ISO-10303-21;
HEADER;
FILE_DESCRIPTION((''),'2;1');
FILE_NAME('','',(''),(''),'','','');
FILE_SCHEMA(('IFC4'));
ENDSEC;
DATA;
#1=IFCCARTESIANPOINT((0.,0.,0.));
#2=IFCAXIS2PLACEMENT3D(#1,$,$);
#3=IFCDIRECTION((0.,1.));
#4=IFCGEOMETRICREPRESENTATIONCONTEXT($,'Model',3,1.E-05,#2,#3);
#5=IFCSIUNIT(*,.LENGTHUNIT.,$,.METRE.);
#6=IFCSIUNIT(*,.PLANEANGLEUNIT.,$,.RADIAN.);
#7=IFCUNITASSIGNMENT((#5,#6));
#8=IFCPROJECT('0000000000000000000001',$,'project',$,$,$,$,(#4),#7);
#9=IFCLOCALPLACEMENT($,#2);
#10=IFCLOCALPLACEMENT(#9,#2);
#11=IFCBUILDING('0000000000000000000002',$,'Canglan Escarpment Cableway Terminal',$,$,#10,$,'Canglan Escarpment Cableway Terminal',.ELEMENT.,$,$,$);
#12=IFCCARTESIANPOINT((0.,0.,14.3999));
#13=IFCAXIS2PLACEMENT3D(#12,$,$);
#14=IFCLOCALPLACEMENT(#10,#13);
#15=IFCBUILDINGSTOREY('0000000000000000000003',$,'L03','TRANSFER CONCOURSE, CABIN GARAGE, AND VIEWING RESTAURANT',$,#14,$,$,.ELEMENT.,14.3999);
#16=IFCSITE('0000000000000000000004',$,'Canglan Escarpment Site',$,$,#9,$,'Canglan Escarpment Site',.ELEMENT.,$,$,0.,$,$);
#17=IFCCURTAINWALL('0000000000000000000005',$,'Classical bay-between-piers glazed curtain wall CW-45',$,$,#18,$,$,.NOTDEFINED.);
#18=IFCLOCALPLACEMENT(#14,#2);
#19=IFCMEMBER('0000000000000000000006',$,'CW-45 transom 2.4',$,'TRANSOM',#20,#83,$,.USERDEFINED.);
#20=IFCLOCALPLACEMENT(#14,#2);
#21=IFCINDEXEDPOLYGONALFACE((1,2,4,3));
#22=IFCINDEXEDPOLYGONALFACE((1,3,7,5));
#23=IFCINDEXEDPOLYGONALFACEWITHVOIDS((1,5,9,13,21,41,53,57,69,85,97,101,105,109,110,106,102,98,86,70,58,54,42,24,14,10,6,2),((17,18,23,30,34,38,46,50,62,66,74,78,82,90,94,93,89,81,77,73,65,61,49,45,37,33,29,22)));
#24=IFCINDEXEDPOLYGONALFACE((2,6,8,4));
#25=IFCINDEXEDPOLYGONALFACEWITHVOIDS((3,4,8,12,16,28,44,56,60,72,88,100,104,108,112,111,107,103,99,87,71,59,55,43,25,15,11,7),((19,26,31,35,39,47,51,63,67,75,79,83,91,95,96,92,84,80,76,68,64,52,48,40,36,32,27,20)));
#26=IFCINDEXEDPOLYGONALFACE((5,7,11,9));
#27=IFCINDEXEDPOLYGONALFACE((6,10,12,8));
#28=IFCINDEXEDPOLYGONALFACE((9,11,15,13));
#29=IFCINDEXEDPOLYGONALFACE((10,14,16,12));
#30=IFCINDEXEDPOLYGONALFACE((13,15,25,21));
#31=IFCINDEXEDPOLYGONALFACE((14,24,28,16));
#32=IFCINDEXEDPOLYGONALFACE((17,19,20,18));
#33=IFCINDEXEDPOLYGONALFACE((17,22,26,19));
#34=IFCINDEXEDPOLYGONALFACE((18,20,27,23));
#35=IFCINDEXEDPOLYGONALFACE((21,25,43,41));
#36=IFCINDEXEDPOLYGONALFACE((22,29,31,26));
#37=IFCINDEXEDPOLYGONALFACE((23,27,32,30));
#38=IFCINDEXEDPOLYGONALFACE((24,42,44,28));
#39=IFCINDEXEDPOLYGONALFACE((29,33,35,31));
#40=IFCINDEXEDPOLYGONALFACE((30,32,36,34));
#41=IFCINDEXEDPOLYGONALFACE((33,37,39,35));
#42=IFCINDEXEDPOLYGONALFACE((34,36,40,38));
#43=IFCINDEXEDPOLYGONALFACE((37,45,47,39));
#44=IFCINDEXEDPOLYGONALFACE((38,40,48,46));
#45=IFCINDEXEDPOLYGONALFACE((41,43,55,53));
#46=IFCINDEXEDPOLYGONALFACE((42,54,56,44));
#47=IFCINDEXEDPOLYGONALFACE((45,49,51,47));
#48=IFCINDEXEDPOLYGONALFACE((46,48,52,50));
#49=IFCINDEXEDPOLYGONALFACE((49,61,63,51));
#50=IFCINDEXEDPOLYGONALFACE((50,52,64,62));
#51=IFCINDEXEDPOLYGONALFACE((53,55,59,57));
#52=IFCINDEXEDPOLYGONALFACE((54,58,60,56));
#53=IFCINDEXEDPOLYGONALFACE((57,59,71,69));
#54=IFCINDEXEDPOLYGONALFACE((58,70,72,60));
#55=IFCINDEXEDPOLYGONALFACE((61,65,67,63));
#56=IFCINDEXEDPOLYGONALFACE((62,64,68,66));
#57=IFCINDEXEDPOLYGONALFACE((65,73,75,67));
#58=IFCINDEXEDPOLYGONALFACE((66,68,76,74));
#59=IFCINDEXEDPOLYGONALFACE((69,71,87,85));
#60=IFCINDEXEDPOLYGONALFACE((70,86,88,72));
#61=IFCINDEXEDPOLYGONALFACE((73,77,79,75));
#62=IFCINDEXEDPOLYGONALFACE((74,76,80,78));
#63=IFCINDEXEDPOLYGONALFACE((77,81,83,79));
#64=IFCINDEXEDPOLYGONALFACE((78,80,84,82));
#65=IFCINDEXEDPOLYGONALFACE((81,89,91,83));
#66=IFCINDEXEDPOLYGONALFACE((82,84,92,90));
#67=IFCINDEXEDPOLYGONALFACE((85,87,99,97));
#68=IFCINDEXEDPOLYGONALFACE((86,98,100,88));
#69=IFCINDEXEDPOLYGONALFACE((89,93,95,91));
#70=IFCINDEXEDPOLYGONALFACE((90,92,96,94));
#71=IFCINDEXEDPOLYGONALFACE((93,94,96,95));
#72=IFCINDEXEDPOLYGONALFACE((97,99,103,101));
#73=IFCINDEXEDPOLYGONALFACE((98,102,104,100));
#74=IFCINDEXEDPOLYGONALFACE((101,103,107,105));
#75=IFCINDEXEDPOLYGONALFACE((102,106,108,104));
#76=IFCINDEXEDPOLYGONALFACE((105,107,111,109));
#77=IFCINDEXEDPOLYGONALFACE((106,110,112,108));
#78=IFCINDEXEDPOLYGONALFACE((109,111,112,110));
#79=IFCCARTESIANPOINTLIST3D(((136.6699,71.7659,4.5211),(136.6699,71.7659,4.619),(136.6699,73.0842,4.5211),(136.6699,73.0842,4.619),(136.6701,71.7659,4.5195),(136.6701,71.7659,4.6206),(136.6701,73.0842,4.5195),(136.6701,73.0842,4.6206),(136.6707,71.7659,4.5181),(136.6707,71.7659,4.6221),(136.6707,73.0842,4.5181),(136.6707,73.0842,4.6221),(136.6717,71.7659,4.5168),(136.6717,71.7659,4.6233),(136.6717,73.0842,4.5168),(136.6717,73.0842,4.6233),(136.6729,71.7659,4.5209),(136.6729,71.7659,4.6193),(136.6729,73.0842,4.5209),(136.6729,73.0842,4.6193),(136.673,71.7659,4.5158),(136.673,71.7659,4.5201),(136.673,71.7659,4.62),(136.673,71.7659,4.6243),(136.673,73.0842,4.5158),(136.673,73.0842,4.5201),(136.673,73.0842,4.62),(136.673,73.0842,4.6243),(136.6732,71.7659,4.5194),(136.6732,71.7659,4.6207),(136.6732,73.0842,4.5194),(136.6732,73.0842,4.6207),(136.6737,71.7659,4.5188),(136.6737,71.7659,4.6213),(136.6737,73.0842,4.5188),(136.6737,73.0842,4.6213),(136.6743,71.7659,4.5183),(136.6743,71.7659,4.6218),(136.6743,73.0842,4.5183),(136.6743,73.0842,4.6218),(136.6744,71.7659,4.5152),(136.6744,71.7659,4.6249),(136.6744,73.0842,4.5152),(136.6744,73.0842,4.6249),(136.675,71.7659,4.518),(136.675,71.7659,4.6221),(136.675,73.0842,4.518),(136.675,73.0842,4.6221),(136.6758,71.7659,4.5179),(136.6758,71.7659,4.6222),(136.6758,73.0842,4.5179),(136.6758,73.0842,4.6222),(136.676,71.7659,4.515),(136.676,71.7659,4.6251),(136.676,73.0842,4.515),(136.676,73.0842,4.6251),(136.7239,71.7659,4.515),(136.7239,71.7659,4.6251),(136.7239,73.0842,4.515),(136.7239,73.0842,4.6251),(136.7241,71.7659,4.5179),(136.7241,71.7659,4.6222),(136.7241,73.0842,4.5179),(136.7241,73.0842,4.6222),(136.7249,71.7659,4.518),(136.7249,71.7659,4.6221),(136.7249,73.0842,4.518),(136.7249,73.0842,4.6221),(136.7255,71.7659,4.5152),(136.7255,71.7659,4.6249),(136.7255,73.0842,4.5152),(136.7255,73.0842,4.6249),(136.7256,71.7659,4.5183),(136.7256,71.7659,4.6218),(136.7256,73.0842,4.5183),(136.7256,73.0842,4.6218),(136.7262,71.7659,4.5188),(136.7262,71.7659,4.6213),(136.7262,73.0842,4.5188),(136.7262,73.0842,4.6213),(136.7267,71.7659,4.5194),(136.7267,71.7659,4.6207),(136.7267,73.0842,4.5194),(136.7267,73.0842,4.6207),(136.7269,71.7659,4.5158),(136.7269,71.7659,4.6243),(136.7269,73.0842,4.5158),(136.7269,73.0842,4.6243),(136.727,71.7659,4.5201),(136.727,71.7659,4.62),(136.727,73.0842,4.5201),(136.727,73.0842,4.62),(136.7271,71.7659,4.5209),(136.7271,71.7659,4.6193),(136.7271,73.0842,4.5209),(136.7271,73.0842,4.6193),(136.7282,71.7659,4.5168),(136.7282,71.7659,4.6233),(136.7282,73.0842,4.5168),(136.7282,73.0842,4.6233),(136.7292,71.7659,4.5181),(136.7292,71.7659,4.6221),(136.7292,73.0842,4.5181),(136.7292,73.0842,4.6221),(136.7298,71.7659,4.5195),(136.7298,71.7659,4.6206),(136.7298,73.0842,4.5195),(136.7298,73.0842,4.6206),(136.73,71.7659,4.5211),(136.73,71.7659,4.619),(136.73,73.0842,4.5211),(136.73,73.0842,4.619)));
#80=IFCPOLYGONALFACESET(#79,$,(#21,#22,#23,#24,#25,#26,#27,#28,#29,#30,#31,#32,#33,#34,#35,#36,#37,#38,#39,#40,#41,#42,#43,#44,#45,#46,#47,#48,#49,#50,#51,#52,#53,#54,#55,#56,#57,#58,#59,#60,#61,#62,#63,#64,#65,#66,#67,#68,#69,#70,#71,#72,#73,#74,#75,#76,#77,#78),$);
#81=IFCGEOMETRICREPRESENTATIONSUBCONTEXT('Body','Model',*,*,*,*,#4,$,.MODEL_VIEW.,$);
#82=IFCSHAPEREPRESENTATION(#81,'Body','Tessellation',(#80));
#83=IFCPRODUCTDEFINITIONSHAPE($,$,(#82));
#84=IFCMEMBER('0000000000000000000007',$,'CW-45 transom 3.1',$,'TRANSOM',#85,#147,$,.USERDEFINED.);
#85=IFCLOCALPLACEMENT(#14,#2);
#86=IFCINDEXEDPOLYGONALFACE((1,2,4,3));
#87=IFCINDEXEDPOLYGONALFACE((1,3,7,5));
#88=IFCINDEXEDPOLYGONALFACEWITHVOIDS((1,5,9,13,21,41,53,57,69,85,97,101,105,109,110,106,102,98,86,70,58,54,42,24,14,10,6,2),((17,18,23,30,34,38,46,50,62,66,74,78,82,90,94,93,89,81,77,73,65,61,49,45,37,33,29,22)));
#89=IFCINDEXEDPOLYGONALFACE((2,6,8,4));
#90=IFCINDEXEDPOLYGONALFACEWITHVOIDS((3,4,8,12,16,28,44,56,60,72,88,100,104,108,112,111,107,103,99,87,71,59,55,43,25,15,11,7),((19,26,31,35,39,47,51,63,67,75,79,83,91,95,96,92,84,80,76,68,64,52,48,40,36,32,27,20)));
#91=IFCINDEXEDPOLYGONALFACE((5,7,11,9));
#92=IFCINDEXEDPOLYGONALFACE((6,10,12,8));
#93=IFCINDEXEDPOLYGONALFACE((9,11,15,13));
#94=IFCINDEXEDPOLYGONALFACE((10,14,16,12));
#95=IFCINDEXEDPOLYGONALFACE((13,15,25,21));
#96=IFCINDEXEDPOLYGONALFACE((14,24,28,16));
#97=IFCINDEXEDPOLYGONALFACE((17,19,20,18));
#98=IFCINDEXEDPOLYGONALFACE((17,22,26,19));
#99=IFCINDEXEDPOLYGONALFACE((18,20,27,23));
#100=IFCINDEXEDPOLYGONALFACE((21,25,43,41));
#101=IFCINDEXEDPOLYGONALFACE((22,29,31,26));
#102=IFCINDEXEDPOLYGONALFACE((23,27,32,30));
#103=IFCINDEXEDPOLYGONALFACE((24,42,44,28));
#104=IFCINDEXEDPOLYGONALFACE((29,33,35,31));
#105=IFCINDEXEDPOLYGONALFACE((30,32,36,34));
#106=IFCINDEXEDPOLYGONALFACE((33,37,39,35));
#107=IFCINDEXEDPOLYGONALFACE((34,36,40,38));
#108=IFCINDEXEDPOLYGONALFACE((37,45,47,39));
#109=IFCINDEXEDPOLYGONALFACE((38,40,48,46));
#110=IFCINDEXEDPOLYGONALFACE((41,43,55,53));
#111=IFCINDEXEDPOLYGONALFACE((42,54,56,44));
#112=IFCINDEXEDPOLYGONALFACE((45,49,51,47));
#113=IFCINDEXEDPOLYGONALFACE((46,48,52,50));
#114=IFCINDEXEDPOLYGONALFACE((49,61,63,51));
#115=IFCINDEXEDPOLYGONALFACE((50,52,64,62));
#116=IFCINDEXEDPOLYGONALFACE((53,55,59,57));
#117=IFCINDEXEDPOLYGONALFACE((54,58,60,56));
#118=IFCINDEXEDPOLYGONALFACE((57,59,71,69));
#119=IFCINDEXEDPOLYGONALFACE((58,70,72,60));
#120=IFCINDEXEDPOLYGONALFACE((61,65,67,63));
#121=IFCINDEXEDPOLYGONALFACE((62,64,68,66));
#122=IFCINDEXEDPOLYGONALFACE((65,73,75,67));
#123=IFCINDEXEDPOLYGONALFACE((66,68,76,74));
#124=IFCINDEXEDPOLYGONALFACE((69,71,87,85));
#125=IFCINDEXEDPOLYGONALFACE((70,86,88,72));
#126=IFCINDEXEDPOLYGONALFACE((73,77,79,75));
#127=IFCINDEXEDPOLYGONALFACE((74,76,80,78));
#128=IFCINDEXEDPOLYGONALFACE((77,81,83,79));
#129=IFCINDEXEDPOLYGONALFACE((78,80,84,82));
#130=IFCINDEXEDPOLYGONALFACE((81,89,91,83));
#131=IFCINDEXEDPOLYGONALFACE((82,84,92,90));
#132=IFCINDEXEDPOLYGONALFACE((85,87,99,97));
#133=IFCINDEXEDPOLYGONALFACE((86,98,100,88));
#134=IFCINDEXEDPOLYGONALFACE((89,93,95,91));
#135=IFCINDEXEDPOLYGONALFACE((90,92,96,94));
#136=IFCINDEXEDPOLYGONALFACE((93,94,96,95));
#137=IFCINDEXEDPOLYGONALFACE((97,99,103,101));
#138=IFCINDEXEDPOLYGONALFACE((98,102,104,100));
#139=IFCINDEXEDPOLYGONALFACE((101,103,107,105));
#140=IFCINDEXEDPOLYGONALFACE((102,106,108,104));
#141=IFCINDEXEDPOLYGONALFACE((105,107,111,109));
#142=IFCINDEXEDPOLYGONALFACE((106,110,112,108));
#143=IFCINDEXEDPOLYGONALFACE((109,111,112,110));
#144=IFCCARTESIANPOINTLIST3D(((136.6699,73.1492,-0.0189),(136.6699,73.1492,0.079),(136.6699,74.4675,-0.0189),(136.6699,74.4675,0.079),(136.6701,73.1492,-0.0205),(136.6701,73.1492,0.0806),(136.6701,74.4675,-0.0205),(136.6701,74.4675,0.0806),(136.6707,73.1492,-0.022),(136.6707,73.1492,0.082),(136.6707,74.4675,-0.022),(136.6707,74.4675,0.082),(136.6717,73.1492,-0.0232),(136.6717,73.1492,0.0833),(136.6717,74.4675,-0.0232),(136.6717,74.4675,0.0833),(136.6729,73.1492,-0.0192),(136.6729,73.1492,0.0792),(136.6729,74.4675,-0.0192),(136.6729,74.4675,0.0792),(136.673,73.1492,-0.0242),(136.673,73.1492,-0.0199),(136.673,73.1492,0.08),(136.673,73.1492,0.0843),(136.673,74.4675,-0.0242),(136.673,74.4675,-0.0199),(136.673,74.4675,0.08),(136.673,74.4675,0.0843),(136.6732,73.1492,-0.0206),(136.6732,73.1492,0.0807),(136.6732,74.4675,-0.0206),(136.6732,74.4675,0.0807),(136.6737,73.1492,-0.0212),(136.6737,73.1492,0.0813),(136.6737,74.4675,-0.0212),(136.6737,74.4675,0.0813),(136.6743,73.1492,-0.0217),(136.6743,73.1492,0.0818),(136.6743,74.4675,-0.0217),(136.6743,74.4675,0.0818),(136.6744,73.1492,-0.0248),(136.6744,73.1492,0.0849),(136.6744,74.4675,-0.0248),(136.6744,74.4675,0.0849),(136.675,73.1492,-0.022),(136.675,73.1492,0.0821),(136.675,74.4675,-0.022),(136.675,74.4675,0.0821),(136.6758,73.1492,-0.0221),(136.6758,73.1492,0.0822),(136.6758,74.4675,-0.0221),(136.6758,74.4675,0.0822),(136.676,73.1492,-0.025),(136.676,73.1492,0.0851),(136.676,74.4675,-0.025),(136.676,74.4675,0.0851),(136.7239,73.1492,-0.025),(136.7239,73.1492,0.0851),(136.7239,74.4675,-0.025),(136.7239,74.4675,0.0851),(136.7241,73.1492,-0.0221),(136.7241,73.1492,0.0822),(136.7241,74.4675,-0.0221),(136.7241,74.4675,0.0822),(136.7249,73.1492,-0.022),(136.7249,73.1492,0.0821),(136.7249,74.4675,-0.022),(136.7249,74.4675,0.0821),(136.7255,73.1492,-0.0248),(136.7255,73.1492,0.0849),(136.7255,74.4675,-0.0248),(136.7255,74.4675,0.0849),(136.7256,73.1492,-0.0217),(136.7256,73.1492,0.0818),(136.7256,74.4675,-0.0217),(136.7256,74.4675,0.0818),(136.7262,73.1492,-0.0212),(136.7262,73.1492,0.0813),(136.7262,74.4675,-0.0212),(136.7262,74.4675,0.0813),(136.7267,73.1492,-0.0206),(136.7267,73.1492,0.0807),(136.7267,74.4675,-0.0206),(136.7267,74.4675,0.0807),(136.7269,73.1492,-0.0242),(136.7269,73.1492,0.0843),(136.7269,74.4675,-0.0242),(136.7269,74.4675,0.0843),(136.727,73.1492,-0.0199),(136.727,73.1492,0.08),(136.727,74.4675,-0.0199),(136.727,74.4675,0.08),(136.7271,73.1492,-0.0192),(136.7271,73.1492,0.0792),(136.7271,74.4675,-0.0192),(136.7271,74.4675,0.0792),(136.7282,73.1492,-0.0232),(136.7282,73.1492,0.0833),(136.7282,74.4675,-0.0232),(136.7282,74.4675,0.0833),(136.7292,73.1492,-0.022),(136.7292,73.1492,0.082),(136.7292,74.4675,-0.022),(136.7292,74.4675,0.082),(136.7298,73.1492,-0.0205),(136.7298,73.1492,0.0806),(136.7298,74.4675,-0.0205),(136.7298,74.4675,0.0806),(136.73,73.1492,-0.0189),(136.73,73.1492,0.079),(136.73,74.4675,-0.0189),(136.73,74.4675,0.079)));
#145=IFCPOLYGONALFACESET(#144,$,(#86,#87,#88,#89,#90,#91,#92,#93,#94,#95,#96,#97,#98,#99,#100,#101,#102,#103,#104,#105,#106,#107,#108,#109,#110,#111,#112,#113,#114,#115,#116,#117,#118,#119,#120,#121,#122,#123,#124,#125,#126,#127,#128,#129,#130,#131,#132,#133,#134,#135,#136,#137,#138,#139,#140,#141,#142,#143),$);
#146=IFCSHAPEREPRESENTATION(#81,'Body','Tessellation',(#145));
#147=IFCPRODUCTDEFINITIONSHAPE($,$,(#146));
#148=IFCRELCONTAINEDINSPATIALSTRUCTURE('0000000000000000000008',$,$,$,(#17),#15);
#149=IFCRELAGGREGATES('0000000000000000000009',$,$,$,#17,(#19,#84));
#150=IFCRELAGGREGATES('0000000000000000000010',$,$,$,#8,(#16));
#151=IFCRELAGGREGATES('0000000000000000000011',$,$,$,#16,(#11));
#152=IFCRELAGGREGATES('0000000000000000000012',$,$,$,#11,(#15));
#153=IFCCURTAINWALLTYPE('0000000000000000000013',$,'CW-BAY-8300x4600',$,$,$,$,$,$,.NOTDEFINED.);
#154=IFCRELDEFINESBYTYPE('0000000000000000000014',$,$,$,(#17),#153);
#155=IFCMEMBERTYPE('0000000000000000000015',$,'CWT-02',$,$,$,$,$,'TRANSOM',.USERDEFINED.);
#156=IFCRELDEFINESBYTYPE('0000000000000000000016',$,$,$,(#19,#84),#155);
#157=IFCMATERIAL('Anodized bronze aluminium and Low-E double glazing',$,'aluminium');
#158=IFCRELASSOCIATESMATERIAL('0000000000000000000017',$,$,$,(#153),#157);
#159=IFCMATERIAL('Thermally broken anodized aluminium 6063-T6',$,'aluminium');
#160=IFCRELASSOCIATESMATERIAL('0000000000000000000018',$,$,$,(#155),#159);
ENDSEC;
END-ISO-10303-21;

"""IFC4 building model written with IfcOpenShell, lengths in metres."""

from ifc_helpers import new_model, si_unit, direction, frame, origin, origin_2d, place, context, subcontext, project, spatial, hollow_rectangle, extrude, material, material_profile, profile_set, type_object, element, aggregate, save


model = new_model("IFC4")

# Units and contexts
model_context = context("Model", 3, precision=1e-05, world=origin(), true_north=direction((0.0, 1.0)))
body_context = subcontext(model_context, "Body", "Model", "MODEL_VIEW")
ifc_project = project(units=[si_unit("LENGTHUNIT", "METRE"), si_unit("PLANEANGLEUNIT", "RADIAN")], contexts=[model_context])

# Site, building, storey
site_placement = place(None, origin())
site = spatial("IfcSite", under=ifc_project, at=site_placement, Name="Canglan Escarpment Site", LongName="Canglan Escarpment Site", CompositionType="ELEMENT", RefElevation=0.0)
building_placement = place(site_placement, origin())
building = spatial("IfcBuilding", under=site, at=building_placement, Name="Canglan Escarpment Cableway Terminal", LongName="Canglan Escarpment Cableway Terminal", CompositionType="ELEMENT")
storey_placement = place(building_placement, frame((0.0, 0.0, 14.3999)))
storey = spatial("IfcBuildingStorey", under=building, at=storey_placement, Name="L03", Description="TRANSFER CONCOURSE, CABIN GARAGE, AND VIEWING RESTAURANT", CompositionType="ELEMENT", Elevation=14.3999)

# Curtain wall, members
ifc_material_1 = material(Name="Anodized bronze aluminium and Low-E double glazing", Category="aluminium")
curtain_wall_type = type_object("IfcCurtainWallType", Name="CW-BAY-8300x4600", PredefinedType="NOTDEFINED", material=ifc_material_1)
curtain_wall_placement = place(storey_placement, origin())
curtain_wall = element("IfcCurtainWall", 1, at=curtain_wall_placement, inside=storey, type_object=curtain_wall_type, Name="Classical bay-between-piers glazed curtain wall CW-45", PredefinedType="NOTDEFINED")
ifc_material_2 = material(Name="Thermally broken anodized aluminium 6063-T6", Category="aluminium")
ifc_material_profile_1 = material_profile(ifc_material_2, hollow_rectangle(XDim=0.0601, YDim=0.1101, WallThickness=0.0029, InnerFilletRadius=0.0029, OuterFilletRadius=0.0061, at=origin_2d()), Name="ALU-TRAN 60x110x3")
ifc_profile_set_1 = profile_set([ifc_material_profile_1], Name="Thermally broken anodized aluminium 6063-T6")
member_type_1 = type_object("IfcMemberType", Name="CWT-02", ElementType="TRANSOM", PredefinedType="USERDEFINED", material=ifc_profile_set_1)
member_1_placement = place(storey_placement, frame((136.7, 71.7659, 4.5701), z_axis=(0.0, 1.0, 0.0), x_axis=(-1.0, 0.0, 0.0)))
member_1 = element("IfcMember", 2, at=member_1_placement, type_object=member_type_1, Name="CW-45 transom 2.4", ObjectType="TRANSOM", PredefinedType="USERDEFINED", context=body_context, shape_type="SweptSolid", body=[
    extrude(hollow_rectangle(XDim=0.0601, YDim=0.1101, WallThickness=0.0029, InnerFilletRadius=0.0029, OuterFilletRadius=0.0061, at=origin_2d()), origin(), (0.0, 0.0, 1.0), 1.3184),
])
member_2_placement = place(storey_placement, frame((136.7, 73.1492, 0.03), z_axis=(0.0, 1.0, 0.0), x_axis=(-1.0, 0.0, 0.0)))
member_2 = element("IfcMember", 3, at=member_2_placement, type_object=member_type_1, Name="CW-45 transom 3.1", ObjectType="TRANSOM", PredefinedType="USERDEFINED", context=body_context, shape_type="SweptSolid", body=[
    extrude(hollow_rectangle(XDim=0.0601, YDim=0.1101, WallThickness=0.0029, InnerFilletRadius=0.0029, OuterFilletRadius=0.0061, at=origin_2d()), origin(), (0.0, 0.0, 1.0), 1.3184),
])
aggregate(curtain_wall, [member_1, member_2])

save(model, "model.ifc")
